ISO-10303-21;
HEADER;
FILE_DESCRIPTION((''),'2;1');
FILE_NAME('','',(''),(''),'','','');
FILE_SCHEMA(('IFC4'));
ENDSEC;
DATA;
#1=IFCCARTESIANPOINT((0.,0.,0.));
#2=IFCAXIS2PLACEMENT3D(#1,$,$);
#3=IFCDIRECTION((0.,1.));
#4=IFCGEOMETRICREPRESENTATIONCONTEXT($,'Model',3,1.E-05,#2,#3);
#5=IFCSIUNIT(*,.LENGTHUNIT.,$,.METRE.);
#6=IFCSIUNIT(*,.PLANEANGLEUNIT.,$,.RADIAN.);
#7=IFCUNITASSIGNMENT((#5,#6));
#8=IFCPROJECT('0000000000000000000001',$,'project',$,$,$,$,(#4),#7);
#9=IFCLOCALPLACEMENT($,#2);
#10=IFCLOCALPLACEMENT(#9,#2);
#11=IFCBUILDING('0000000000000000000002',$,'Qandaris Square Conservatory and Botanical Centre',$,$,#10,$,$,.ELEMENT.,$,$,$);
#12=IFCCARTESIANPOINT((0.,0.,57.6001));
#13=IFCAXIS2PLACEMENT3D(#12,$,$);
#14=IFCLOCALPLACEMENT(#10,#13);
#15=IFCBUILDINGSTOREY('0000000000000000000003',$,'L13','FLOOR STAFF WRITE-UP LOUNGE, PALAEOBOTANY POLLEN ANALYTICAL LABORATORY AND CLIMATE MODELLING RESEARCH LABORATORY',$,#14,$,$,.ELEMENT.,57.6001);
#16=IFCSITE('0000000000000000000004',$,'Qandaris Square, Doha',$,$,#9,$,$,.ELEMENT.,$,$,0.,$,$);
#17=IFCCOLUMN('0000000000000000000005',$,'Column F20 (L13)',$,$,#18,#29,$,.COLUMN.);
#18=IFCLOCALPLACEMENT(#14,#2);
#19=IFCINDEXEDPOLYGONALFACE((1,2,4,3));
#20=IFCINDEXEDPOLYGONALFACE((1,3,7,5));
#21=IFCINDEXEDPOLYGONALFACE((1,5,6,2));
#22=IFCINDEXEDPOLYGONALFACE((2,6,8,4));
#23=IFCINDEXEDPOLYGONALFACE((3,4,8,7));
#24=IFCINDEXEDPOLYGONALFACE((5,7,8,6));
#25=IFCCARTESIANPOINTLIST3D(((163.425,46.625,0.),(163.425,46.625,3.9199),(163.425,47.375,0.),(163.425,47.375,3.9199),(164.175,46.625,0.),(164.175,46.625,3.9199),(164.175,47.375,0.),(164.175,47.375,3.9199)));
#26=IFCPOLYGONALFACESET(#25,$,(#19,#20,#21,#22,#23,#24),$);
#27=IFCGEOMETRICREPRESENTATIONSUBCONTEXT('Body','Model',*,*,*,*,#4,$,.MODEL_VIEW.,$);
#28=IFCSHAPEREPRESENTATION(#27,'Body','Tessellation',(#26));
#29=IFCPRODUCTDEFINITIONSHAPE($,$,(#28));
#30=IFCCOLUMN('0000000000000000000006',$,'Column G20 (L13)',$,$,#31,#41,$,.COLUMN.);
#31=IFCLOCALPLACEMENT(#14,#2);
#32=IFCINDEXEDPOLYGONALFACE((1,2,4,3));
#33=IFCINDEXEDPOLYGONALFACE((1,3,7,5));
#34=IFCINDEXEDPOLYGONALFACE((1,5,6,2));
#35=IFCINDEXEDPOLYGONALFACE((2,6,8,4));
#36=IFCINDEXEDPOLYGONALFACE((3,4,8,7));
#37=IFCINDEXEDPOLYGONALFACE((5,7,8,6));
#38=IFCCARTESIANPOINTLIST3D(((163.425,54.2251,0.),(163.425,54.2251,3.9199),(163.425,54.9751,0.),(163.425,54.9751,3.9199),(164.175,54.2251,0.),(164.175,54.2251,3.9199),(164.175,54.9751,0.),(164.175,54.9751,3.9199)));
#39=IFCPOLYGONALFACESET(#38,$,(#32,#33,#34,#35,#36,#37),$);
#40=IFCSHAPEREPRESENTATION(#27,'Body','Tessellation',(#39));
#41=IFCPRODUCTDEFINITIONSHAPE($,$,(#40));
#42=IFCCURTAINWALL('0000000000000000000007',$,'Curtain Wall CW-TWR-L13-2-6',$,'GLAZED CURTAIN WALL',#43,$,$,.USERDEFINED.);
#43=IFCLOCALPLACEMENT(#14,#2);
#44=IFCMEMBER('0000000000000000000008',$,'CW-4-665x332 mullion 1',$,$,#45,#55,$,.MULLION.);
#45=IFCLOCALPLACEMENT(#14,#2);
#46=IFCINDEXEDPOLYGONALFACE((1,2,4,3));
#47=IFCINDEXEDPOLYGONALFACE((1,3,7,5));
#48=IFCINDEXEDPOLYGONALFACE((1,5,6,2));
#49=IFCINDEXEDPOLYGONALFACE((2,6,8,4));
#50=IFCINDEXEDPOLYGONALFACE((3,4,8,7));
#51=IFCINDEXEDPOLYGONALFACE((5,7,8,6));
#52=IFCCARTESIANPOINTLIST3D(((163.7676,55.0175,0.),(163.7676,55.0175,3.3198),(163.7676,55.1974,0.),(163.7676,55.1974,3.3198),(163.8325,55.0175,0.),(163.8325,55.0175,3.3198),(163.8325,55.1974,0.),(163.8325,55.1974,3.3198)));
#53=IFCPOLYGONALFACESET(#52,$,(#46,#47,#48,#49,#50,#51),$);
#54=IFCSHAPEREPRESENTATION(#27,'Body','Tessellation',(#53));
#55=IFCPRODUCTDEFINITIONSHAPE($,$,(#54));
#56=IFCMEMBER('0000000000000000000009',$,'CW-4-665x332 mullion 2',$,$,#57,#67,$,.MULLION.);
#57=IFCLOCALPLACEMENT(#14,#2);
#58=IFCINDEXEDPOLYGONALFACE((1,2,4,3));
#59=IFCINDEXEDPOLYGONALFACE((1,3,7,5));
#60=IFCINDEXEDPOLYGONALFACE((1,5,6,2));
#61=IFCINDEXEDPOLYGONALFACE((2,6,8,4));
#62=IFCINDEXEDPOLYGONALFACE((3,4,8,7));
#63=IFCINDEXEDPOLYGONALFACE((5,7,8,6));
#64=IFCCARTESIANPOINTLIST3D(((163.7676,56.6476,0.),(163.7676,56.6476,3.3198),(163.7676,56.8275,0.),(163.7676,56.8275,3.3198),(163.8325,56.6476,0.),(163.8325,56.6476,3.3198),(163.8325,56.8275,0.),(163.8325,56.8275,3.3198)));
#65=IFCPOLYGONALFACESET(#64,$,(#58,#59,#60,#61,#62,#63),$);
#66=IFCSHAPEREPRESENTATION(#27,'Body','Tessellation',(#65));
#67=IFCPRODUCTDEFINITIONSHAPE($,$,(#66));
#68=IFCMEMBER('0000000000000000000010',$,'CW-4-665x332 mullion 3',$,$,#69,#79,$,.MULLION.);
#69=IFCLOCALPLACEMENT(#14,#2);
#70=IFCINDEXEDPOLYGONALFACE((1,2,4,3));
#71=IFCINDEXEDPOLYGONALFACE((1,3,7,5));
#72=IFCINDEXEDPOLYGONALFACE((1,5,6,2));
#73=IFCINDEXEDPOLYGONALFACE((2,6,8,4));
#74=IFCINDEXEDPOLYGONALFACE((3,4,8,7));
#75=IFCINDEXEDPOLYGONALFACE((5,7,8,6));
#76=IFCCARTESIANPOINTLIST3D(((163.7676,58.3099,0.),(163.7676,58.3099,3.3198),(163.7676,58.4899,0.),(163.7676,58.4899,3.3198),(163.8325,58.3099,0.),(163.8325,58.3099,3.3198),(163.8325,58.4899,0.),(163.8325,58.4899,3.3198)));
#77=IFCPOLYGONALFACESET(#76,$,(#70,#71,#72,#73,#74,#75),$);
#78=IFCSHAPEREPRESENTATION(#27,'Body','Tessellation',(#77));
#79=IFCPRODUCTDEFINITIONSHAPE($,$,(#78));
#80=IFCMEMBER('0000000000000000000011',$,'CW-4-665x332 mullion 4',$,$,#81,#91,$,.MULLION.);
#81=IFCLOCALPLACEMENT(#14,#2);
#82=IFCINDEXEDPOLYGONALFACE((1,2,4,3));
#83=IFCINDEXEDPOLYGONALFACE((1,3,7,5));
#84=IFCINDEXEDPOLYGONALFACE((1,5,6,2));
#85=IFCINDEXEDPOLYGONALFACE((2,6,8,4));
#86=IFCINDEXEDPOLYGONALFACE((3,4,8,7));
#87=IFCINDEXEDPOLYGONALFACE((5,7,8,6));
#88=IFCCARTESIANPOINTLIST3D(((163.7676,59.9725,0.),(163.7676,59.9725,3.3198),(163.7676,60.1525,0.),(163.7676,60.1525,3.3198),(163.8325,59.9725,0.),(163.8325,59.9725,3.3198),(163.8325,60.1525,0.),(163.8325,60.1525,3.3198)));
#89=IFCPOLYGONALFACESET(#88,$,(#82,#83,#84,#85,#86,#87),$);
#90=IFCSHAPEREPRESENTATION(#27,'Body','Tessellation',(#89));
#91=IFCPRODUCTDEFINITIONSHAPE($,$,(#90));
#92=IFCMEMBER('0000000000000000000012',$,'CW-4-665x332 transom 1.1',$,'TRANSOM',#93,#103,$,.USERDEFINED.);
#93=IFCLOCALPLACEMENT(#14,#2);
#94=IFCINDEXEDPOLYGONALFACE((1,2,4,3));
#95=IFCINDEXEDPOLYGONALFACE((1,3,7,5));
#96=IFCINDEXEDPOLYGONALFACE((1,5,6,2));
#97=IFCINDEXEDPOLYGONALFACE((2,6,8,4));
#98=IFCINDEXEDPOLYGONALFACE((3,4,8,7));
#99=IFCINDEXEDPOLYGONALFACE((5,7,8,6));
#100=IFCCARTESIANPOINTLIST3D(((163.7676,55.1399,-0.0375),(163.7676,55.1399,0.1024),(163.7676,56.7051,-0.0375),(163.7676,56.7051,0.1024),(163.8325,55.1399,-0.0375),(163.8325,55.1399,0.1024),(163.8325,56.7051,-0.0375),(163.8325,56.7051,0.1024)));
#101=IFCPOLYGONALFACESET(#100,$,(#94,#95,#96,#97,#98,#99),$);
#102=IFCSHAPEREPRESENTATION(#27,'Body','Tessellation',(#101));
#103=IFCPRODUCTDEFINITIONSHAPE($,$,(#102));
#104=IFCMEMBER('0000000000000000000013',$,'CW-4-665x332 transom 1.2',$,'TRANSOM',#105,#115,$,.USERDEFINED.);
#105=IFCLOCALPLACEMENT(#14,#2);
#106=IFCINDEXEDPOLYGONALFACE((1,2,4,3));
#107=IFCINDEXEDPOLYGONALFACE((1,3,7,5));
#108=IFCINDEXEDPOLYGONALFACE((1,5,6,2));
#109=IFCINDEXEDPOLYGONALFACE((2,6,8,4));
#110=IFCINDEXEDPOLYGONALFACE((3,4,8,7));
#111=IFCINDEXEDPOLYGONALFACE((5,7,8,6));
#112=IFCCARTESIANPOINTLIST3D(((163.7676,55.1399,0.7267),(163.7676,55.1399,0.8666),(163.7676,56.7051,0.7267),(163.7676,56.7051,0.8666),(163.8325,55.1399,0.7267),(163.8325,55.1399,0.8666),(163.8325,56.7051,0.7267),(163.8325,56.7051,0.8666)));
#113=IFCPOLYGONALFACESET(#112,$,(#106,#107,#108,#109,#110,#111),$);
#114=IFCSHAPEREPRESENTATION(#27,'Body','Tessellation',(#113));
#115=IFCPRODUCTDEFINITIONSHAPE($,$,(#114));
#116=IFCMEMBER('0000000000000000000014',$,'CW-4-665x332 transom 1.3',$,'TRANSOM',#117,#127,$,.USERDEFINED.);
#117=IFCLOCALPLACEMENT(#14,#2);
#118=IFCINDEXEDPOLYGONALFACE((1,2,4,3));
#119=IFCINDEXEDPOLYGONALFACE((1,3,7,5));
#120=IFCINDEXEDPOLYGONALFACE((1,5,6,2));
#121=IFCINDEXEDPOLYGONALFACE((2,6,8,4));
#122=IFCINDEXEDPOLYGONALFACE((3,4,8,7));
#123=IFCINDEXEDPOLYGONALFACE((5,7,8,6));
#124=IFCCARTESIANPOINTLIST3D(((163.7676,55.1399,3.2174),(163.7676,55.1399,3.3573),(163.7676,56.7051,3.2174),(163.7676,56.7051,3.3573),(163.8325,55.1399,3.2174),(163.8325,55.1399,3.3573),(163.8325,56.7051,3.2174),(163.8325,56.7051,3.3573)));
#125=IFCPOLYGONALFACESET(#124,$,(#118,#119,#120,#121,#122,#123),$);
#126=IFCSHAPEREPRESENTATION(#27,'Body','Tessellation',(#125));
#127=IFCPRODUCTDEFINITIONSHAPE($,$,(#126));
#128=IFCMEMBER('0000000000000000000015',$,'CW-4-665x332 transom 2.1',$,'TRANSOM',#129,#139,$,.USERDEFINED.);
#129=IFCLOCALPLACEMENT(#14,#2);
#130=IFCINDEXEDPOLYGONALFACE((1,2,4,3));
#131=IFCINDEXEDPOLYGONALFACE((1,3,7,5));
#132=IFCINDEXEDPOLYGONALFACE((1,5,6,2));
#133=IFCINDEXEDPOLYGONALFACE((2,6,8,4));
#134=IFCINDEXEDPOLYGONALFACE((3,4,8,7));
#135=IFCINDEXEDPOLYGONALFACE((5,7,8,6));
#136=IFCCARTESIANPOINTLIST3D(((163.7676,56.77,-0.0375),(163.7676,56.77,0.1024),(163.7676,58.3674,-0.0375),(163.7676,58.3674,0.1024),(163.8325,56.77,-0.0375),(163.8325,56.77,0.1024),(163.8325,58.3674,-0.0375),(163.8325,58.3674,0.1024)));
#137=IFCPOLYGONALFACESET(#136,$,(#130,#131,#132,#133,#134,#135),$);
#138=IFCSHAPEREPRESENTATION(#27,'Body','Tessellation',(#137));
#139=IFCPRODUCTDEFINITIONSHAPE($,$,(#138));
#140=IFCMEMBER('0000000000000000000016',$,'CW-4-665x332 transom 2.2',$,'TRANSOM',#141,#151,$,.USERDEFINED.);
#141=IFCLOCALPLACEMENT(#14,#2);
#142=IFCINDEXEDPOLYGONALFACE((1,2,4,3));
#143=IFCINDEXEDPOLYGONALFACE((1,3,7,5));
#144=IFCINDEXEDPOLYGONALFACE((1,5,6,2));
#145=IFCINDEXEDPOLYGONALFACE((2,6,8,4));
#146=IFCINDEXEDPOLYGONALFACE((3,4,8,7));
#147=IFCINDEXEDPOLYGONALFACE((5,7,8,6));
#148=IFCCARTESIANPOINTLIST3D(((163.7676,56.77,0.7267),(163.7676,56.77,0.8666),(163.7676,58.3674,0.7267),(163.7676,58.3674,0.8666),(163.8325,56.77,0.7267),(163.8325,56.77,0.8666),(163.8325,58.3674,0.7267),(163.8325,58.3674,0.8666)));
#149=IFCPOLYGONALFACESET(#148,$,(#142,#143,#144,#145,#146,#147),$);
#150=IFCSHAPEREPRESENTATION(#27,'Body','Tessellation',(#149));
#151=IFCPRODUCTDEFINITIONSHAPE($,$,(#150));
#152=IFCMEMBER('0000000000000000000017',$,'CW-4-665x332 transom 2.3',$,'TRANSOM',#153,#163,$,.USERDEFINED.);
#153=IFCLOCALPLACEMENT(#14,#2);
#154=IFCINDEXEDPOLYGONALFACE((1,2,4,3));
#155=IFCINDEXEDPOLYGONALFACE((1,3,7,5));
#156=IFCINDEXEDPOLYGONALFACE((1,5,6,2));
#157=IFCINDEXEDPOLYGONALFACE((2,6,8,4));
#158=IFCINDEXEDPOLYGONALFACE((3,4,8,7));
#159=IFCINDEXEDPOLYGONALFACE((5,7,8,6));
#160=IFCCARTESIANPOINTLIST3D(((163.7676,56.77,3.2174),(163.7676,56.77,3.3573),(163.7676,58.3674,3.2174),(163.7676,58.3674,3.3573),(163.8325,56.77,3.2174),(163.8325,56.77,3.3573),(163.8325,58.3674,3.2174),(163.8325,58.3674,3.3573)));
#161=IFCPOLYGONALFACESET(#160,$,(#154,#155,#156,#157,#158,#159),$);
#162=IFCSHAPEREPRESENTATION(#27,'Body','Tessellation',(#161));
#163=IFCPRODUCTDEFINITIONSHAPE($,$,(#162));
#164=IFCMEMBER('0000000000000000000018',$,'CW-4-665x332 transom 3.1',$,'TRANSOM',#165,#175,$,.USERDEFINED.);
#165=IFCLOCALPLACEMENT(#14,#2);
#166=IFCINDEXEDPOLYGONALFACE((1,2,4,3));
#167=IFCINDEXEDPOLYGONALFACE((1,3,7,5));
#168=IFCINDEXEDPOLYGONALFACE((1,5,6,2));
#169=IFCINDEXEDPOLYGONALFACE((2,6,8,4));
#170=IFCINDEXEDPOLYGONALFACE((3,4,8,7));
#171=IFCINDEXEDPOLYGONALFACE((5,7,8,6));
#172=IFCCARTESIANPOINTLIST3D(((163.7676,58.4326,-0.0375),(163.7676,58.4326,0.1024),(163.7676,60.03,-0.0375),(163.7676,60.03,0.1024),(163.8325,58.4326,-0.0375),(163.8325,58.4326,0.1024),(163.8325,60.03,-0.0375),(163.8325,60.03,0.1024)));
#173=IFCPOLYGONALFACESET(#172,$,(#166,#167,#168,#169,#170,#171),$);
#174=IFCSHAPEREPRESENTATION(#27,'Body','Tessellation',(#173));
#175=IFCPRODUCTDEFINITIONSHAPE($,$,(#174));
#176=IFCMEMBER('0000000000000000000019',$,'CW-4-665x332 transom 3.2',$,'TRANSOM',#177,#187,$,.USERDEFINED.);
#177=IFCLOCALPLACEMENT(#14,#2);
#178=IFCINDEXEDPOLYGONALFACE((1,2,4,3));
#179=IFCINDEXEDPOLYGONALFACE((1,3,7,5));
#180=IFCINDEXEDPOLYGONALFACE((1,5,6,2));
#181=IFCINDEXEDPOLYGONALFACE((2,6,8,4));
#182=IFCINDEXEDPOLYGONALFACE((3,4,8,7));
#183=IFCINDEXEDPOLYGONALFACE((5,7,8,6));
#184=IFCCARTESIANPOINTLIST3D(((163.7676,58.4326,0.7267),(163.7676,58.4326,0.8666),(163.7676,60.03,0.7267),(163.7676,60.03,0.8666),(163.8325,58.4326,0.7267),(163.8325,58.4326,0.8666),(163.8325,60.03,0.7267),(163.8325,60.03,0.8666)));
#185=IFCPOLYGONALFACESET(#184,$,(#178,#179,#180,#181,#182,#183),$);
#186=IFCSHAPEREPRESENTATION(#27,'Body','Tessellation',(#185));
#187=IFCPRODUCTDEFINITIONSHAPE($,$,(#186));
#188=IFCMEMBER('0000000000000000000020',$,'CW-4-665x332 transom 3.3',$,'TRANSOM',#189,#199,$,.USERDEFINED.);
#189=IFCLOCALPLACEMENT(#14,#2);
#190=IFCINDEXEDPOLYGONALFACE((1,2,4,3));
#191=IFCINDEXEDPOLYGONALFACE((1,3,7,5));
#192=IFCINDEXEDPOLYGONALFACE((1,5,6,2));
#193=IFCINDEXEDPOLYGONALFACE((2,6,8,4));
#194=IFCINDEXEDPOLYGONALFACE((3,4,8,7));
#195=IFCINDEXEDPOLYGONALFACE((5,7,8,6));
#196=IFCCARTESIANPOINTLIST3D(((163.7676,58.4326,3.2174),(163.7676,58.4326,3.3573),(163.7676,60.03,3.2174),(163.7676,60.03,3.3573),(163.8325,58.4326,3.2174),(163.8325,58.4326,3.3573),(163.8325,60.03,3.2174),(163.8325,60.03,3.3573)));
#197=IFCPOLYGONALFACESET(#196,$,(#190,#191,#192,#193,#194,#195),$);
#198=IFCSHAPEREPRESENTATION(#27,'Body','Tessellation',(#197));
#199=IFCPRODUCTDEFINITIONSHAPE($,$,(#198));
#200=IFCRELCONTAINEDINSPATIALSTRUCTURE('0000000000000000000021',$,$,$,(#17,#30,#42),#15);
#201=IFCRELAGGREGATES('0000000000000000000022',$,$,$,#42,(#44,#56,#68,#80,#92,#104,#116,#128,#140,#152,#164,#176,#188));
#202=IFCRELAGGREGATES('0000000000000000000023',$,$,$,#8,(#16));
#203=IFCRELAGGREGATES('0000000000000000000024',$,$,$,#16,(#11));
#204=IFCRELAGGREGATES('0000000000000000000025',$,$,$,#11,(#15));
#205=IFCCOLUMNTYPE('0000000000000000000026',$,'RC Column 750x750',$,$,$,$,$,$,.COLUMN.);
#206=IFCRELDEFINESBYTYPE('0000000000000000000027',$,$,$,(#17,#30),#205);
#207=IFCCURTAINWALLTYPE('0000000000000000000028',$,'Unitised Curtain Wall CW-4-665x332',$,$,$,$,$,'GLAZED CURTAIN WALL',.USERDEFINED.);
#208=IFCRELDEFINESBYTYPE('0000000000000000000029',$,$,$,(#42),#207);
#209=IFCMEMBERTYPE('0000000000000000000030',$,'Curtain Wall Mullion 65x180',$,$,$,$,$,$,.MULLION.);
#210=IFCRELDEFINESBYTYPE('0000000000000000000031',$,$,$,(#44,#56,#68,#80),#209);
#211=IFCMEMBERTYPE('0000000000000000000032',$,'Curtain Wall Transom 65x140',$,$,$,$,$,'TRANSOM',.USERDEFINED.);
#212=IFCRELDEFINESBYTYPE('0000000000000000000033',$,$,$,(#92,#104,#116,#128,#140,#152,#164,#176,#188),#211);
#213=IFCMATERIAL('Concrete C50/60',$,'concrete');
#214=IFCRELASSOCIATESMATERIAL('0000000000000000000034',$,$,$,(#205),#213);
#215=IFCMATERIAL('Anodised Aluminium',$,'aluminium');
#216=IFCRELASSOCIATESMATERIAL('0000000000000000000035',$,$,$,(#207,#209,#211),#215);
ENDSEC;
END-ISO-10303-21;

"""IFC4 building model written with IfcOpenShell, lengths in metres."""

from ifc_helpers import new_model, si_unit, direction, frame, origin, origin_2d, place, context, subcontext, project, spatial, rectangle, extrude, material, material_profile, profile_set, type_object, element, aggregate, save


model = new_model("IFC4")

# Units and contexts
model_context = context("Model", 3, precision=1e-05, world=origin(), true_north=direction((0.0, 1.0)))
body_context = subcontext(model_context, "Body", "Model", "MODEL_VIEW")
ifc_project = project(units=[si_unit("LENGTHUNIT", "METRE"), si_unit("PLANEANGLEUNIT", "RADIAN")], contexts=[model_context])

# Site, building, storey
site_placement = place(None, origin())
site = spatial("IfcSite", under=ifc_project, at=site_placement, Name="Qandaris Square, Doha", CompositionType="ELEMENT", RefElevation=0.0)
building_placement = place(site_placement, origin())
building = spatial("IfcBuilding", under=site, at=building_placement, Name="Qandaris Square Conservatory and Botanical Centre", CompositionType="ELEMENT")
storey_placement = place(building_placement, frame((0.0, 0.0, 57.6001)))
storey = spatial("IfcBuildingStorey", under=building, at=storey_placement, Name="L13", Description="FLOOR STAFF WRITE-UP LOUNGE, PALAEOBOTANY POLLEN ANALYTICAL LABORATORY AND CLIMATE MODELLING RESEARCH LABORATORY", CompositionType="ELEMENT", Elevation=57.6001)

# Columns
ifc_material_1 = material(Name="Concrete C50/60", Category="concrete")
ifc_material_profile_1 = material_profile(ifc_material_1, rectangle(XDim=0.75, YDim=0.75, at=origin_2d()), Name="RC-COL 750x750")
ifc_profile_set_1 = profile_set([ifc_material_profile_1], Name="Concrete C50/60")
column_type = type_object("IfcColumnType", Name="RC Column 750x750", PredefinedType="COLUMN", material=ifc_profile_set_1)
for number, where, z_axis, x_axis, name in (
    (1, (163.8, 47.0, 0.0), (0.0, 0.0, 1.0), (1.0, 0.0, 0.0), "Column F20 (L13)"),
    (2, (163.8, 54.6001, 0.0), (0.0, 0.0, 1.0), (1.0, 0.0, 0.0), "Column G20 (L13)"),
):
    element("IfcColumn", number, at=place(storey_placement, frame(where, z_axis=z_axis, x_axis=x_axis)), inside=storey, type_object=column_type, Name=name, PredefinedType="COLUMN", context=body_context, shape_type="SweptSolid", body=[
        extrude(rectangle(XDim=0.75, YDim=0.75, at=origin_2d()), origin(), (0.0, 0.0, 1.0), 3.9199),
    ])

# Curtain wall, members
ifc_material_2 = material(Name="Anodised Aluminium", Category="aluminium")
curtain_wall_type = type_object("IfcCurtainWallType", Name="Unitised Curtain Wall CW-4-665x332", ElementType="GLAZED CURTAIN WALL", PredefinedType="USERDEFINED", material=ifc_material_2)
curtain_wall_placement = place(storey_placement, origin())
curtain_wall = element("IfcCurtainWall", 3, at=curtain_wall_placement, inside=storey, type_object=curtain_wall_type, Name="Curtain Wall CW-TWR-L13-2-6", ObjectType="GLAZED CURTAIN WALL", PredefinedType="USERDEFINED")
ifc_material_profile_2 = material_profile(ifc_material_2, rectangle(XDim=0.0649, YDim=0.1799, at=origin_2d()), Name="ALU-MUL 65x180")
ifc_profile_set_2 = profile_set([ifc_material_profile_2], Name="Anodised Aluminium")
member_type_1 = type_object("IfcMemberType", Name="Curtain Wall Mullion 65x180", PredefinedType="MULLION", material=ifc_profile_set_2)
member_1_placement = place(storey_placement, frame((163.8, 55.1074, 0.0), z_axis=(0.0, 0.0, 1.0), x_axis=(-1.0, 0.0, 0.0)))
member_1 = element("IfcMember", 4, at=member_1_placement, type_object=member_type_1, Name="CW-4-665x332 mullion 1", PredefinedType="MULLION", context=body_context, shape_type="SweptSolid", body=[
    extrude(rectangle(XDim=0.0649, YDim=0.1799, at=origin_2d()), origin(), (0.0, 0.0, 1.0), 3.3198),
])
member_2_placement = place(storey_placement, frame((163.8, 56.7375, 0.0), z_axis=(0.0, 0.0, 1.0), x_axis=(-1.0, 0.0, 0.0)))
member_2 = element("IfcMember", 5, at=member_2_placement, type_object=member_type_1, Name="CW-4-665x332 mullion 2", PredefinedType="MULLION", context=body_context, shape_type="SweptSolid", body=[
    extrude(rectangle(XDim=0.0649, YDim=0.1799, at=origin_2d()), origin(), (0.0, 0.0, 1.0), 3.3198),
])
member_3_placement = place(storey_placement, frame((163.8, 58.3999, 0.0), z_axis=(0.0, 0.0, 1.0), x_axis=(-1.0, 0.0, 0.0)))
member_3 = element("IfcMember", 6, at=member_3_placement, type_object=member_type_1, Name="CW-4-665x332 mullion 3", PredefinedType="MULLION", context=body_context, shape_type="SweptSolid", body=[
    extrude(rectangle(XDim=0.0649, YDim=0.1799, at=origin_2d()), origin(), (0.0, 0.0, 1.0), 3.3198),
])
member_4_placement = place(storey_placement, frame((163.8, 60.0625, 0.0), z_axis=(0.0, 0.0, 1.0), x_axis=(-1.0, 0.0, 0.0)))
member_4 = element("IfcMember", 7, at=member_4_placement, type_object=member_type_1, Name="CW-4-665x332 mullion 4", PredefinedType="MULLION", context=body_context, shape_type="SweptSolid", body=[
    extrude(rectangle(XDim=0.0649, YDim=0.1799, at=origin_2d()), origin(), (0.0, 0.0, 1.0), 3.3198),
])
ifc_material_profile_3 = material_profile(ifc_material_2, rectangle(XDim=0.0649, YDim=0.1399, at=origin_2d()), Name="ALU-TRN 65x140")
ifc_profile_set_3 = profile_set([ifc_material_profile_3], Name="Anodised Aluminium")
member_type_2 = type_object("IfcMemberType", Name="Curtain Wall Transom 65x140", ElementType="TRANSOM", PredefinedType="USERDEFINED", material=ifc_profile_set_3)
member_5_placement = place(storey_placement, frame((163.8, 55.1399, 0.0325), z_axis=(0.0, 1.0, 0.0), x_axis=(-1.0, 0.0, 0.0)))
member_5 = element("IfcMember", 8, at=member_5_placement, type_object=member_type_2, Name="CW-4-665x332 transom 1.1", ObjectType="TRANSOM", PredefinedType="USERDEFINED", context=body_context, shape_type="SweptSolid", body=[
    extrude(rectangle(XDim=0.0649, YDim=0.1399, at=origin_2d()), origin(), (0.0, 0.0, 1.0), 1.5652),
])
member_6_placement = place(storey_placement, frame((163.8, 55.1399, 0.7966), z_axis=(0.0, 1.0, 0.0), x_axis=(-1.0, 0.0, 0.0)))
member_6 = element("IfcMember", 9, at=member_6_placement, type_object=member_type_2, Name="CW-4-665x332 transom 1.2", ObjectType="TRANSOM", PredefinedType="USERDEFINED", context=body_context, shape_type="SweptSolid", body=[
    extrude(rectangle(XDim=0.0649, YDim=0.1399, at=origin_2d()), origin(), (0.0, 0.0, 1.0), 1.5652),
])
member_7_placement = place(storey_placement, frame((163.8, 55.1399, 3.2874), z_axis=(0.0, 1.0, 0.0), x_axis=(-1.0, 0.0, 0.0)))
member_7 = element("IfcMember", 10, at=member_7_placement, type_object=member_type_2, Name="CW-4-665x332 transom 1.3", ObjectType="TRANSOM", PredefinedType="USERDEFINED", context=body_context, shape_type="SweptSolid", body=[
    extrude(rectangle(XDim=0.0649, YDim=0.1399, at=origin_2d()), origin(), (0.0, 0.0, 1.0), 1.5652),
])
member_8_placement = place(storey_placement, frame((163.8, 56.77, 0.0325), z_axis=(0.0, 1.0, 0.0), x_axis=(-1.0, 0.0, 0.0)))
member_8 = element("IfcMember", 11, at=member_8_placement, type_object=member_type_2, Name="CW-4-665x332 transom 2.1", ObjectType="TRANSOM", PredefinedType="USERDEFINED", context=body_context, shape_type="SweptSolid", body=[
    extrude(rectangle(XDim=0.0649, YDim=0.1399, at=origin_2d()), origin(), (0.0, 0.0, 1.0), 1.5974),
])
member_9_placement = place(storey_placement, frame((163.8, 56.77, 0.7966), z_axis=(0.0, 1.0, 0.0), x_axis=(-1.0, 0.0, 0.0)))
member_9 = element("IfcMember", 12, at=member_9_placement, type_object=member_type_2, Name="CW-4-665x332 transom 2.2", ObjectType="TRANSOM", PredefinedType="USERDEFINED", context=body_context, shape_type="SweptSolid", body=[
    extrude(rectangle(XDim=0.0649, YDim=0.1399, at=origin_2d()), origin(), (0.0, 0.0, 1.0), 1.5974),
])
member_10_placement = place(storey_placement, frame((163.8, 56.77, 3.2874), z_axis=(0.0, 1.0, 0.0), x_axis=(-1.0, 0.0, 0.0)))
member_10 = element("IfcMember", 13, at=member_10_placement, type_object=member_type_2, Name="CW-4-665x332 transom 2.3", ObjectType="TRANSOM", PredefinedType="USERDEFINED", context=body_context, shape_type="SweptSolid", body=[
    extrude(rectangle(XDim=0.0649, YDim=0.1399, at=origin_2d()), origin(), (0.0, 0.0, 1.0), 1.5974),
])
member_11_placement = place(storey_placement, frame((163.8, 58.4326, 0.0325), z_axis=(0.0, 1.0, 0.0), x_axis=(-1.0, 0.0, 0.0)))
member_11 = element("IfcMember", 14, at=member_11_placement, type_object=member_type_2, Name="CW-4-665x332 transom 3.1", ObjectType="TRANSOM", PredefinedType="USERDEFINED", context=body_context, shape_type="SweptSolid", body=[
    extrude(rectangle(XDim=0.0649, YDim=0.1399, at=origin_2d()), origin(), (0.0, 0.0, 1.0), 1.5974),
])
member_12_placement = place(storey_placement, frame((163.8, 58.4326, 0.7966), z_axis=(0.0, 1.0, 0.0), x_axis=(-1.0, 0.0, 0.0)))
member_12 = element("IfcMember", 15, at=member_12_placement, type_object=member_type_2, Name="CW-4-665x332 transom 3.2", ObjectType="TRANSOM", PredefinedType="USERDEFINED", context=body_context, shape_type="SweptSolid", body=[
    extrude(rectangle(XDim=0.0649, YDim=0.1399, at=origin_2d()), origin(), (0.0, 0.0, 1.0), 1.5974),
])
member_13_placement = place(storey_placement, frame((163.8, 58.4326, 3.2874), z_axis=(0.0, 1.0, 0.0), x_axis=(-1.0, 0.0, 0.0)))
member_13 = element("IfcMember", 16, at=member_13_placement, type_object=member_type_2, Name="CW-4-665x332 transom 3.3", ObjectType="TRANSOM", PredefinedType="USERDEFINED", context=body_context, shape_type="SweptSolid", body=[
    extrude(rectangle(XDim=0.0649, YDim=0.1399, at=origin_2d()), origin(), (0.0, 0.0, 1.0), 1.5974),
])

aggregate(curtain_wall, [member_1, member_2, member_3, member_4, member_5, member_6, member_7, member_8, member_9, member_10, member_11, member_12, member_13])

save(model, "model.ifc")
